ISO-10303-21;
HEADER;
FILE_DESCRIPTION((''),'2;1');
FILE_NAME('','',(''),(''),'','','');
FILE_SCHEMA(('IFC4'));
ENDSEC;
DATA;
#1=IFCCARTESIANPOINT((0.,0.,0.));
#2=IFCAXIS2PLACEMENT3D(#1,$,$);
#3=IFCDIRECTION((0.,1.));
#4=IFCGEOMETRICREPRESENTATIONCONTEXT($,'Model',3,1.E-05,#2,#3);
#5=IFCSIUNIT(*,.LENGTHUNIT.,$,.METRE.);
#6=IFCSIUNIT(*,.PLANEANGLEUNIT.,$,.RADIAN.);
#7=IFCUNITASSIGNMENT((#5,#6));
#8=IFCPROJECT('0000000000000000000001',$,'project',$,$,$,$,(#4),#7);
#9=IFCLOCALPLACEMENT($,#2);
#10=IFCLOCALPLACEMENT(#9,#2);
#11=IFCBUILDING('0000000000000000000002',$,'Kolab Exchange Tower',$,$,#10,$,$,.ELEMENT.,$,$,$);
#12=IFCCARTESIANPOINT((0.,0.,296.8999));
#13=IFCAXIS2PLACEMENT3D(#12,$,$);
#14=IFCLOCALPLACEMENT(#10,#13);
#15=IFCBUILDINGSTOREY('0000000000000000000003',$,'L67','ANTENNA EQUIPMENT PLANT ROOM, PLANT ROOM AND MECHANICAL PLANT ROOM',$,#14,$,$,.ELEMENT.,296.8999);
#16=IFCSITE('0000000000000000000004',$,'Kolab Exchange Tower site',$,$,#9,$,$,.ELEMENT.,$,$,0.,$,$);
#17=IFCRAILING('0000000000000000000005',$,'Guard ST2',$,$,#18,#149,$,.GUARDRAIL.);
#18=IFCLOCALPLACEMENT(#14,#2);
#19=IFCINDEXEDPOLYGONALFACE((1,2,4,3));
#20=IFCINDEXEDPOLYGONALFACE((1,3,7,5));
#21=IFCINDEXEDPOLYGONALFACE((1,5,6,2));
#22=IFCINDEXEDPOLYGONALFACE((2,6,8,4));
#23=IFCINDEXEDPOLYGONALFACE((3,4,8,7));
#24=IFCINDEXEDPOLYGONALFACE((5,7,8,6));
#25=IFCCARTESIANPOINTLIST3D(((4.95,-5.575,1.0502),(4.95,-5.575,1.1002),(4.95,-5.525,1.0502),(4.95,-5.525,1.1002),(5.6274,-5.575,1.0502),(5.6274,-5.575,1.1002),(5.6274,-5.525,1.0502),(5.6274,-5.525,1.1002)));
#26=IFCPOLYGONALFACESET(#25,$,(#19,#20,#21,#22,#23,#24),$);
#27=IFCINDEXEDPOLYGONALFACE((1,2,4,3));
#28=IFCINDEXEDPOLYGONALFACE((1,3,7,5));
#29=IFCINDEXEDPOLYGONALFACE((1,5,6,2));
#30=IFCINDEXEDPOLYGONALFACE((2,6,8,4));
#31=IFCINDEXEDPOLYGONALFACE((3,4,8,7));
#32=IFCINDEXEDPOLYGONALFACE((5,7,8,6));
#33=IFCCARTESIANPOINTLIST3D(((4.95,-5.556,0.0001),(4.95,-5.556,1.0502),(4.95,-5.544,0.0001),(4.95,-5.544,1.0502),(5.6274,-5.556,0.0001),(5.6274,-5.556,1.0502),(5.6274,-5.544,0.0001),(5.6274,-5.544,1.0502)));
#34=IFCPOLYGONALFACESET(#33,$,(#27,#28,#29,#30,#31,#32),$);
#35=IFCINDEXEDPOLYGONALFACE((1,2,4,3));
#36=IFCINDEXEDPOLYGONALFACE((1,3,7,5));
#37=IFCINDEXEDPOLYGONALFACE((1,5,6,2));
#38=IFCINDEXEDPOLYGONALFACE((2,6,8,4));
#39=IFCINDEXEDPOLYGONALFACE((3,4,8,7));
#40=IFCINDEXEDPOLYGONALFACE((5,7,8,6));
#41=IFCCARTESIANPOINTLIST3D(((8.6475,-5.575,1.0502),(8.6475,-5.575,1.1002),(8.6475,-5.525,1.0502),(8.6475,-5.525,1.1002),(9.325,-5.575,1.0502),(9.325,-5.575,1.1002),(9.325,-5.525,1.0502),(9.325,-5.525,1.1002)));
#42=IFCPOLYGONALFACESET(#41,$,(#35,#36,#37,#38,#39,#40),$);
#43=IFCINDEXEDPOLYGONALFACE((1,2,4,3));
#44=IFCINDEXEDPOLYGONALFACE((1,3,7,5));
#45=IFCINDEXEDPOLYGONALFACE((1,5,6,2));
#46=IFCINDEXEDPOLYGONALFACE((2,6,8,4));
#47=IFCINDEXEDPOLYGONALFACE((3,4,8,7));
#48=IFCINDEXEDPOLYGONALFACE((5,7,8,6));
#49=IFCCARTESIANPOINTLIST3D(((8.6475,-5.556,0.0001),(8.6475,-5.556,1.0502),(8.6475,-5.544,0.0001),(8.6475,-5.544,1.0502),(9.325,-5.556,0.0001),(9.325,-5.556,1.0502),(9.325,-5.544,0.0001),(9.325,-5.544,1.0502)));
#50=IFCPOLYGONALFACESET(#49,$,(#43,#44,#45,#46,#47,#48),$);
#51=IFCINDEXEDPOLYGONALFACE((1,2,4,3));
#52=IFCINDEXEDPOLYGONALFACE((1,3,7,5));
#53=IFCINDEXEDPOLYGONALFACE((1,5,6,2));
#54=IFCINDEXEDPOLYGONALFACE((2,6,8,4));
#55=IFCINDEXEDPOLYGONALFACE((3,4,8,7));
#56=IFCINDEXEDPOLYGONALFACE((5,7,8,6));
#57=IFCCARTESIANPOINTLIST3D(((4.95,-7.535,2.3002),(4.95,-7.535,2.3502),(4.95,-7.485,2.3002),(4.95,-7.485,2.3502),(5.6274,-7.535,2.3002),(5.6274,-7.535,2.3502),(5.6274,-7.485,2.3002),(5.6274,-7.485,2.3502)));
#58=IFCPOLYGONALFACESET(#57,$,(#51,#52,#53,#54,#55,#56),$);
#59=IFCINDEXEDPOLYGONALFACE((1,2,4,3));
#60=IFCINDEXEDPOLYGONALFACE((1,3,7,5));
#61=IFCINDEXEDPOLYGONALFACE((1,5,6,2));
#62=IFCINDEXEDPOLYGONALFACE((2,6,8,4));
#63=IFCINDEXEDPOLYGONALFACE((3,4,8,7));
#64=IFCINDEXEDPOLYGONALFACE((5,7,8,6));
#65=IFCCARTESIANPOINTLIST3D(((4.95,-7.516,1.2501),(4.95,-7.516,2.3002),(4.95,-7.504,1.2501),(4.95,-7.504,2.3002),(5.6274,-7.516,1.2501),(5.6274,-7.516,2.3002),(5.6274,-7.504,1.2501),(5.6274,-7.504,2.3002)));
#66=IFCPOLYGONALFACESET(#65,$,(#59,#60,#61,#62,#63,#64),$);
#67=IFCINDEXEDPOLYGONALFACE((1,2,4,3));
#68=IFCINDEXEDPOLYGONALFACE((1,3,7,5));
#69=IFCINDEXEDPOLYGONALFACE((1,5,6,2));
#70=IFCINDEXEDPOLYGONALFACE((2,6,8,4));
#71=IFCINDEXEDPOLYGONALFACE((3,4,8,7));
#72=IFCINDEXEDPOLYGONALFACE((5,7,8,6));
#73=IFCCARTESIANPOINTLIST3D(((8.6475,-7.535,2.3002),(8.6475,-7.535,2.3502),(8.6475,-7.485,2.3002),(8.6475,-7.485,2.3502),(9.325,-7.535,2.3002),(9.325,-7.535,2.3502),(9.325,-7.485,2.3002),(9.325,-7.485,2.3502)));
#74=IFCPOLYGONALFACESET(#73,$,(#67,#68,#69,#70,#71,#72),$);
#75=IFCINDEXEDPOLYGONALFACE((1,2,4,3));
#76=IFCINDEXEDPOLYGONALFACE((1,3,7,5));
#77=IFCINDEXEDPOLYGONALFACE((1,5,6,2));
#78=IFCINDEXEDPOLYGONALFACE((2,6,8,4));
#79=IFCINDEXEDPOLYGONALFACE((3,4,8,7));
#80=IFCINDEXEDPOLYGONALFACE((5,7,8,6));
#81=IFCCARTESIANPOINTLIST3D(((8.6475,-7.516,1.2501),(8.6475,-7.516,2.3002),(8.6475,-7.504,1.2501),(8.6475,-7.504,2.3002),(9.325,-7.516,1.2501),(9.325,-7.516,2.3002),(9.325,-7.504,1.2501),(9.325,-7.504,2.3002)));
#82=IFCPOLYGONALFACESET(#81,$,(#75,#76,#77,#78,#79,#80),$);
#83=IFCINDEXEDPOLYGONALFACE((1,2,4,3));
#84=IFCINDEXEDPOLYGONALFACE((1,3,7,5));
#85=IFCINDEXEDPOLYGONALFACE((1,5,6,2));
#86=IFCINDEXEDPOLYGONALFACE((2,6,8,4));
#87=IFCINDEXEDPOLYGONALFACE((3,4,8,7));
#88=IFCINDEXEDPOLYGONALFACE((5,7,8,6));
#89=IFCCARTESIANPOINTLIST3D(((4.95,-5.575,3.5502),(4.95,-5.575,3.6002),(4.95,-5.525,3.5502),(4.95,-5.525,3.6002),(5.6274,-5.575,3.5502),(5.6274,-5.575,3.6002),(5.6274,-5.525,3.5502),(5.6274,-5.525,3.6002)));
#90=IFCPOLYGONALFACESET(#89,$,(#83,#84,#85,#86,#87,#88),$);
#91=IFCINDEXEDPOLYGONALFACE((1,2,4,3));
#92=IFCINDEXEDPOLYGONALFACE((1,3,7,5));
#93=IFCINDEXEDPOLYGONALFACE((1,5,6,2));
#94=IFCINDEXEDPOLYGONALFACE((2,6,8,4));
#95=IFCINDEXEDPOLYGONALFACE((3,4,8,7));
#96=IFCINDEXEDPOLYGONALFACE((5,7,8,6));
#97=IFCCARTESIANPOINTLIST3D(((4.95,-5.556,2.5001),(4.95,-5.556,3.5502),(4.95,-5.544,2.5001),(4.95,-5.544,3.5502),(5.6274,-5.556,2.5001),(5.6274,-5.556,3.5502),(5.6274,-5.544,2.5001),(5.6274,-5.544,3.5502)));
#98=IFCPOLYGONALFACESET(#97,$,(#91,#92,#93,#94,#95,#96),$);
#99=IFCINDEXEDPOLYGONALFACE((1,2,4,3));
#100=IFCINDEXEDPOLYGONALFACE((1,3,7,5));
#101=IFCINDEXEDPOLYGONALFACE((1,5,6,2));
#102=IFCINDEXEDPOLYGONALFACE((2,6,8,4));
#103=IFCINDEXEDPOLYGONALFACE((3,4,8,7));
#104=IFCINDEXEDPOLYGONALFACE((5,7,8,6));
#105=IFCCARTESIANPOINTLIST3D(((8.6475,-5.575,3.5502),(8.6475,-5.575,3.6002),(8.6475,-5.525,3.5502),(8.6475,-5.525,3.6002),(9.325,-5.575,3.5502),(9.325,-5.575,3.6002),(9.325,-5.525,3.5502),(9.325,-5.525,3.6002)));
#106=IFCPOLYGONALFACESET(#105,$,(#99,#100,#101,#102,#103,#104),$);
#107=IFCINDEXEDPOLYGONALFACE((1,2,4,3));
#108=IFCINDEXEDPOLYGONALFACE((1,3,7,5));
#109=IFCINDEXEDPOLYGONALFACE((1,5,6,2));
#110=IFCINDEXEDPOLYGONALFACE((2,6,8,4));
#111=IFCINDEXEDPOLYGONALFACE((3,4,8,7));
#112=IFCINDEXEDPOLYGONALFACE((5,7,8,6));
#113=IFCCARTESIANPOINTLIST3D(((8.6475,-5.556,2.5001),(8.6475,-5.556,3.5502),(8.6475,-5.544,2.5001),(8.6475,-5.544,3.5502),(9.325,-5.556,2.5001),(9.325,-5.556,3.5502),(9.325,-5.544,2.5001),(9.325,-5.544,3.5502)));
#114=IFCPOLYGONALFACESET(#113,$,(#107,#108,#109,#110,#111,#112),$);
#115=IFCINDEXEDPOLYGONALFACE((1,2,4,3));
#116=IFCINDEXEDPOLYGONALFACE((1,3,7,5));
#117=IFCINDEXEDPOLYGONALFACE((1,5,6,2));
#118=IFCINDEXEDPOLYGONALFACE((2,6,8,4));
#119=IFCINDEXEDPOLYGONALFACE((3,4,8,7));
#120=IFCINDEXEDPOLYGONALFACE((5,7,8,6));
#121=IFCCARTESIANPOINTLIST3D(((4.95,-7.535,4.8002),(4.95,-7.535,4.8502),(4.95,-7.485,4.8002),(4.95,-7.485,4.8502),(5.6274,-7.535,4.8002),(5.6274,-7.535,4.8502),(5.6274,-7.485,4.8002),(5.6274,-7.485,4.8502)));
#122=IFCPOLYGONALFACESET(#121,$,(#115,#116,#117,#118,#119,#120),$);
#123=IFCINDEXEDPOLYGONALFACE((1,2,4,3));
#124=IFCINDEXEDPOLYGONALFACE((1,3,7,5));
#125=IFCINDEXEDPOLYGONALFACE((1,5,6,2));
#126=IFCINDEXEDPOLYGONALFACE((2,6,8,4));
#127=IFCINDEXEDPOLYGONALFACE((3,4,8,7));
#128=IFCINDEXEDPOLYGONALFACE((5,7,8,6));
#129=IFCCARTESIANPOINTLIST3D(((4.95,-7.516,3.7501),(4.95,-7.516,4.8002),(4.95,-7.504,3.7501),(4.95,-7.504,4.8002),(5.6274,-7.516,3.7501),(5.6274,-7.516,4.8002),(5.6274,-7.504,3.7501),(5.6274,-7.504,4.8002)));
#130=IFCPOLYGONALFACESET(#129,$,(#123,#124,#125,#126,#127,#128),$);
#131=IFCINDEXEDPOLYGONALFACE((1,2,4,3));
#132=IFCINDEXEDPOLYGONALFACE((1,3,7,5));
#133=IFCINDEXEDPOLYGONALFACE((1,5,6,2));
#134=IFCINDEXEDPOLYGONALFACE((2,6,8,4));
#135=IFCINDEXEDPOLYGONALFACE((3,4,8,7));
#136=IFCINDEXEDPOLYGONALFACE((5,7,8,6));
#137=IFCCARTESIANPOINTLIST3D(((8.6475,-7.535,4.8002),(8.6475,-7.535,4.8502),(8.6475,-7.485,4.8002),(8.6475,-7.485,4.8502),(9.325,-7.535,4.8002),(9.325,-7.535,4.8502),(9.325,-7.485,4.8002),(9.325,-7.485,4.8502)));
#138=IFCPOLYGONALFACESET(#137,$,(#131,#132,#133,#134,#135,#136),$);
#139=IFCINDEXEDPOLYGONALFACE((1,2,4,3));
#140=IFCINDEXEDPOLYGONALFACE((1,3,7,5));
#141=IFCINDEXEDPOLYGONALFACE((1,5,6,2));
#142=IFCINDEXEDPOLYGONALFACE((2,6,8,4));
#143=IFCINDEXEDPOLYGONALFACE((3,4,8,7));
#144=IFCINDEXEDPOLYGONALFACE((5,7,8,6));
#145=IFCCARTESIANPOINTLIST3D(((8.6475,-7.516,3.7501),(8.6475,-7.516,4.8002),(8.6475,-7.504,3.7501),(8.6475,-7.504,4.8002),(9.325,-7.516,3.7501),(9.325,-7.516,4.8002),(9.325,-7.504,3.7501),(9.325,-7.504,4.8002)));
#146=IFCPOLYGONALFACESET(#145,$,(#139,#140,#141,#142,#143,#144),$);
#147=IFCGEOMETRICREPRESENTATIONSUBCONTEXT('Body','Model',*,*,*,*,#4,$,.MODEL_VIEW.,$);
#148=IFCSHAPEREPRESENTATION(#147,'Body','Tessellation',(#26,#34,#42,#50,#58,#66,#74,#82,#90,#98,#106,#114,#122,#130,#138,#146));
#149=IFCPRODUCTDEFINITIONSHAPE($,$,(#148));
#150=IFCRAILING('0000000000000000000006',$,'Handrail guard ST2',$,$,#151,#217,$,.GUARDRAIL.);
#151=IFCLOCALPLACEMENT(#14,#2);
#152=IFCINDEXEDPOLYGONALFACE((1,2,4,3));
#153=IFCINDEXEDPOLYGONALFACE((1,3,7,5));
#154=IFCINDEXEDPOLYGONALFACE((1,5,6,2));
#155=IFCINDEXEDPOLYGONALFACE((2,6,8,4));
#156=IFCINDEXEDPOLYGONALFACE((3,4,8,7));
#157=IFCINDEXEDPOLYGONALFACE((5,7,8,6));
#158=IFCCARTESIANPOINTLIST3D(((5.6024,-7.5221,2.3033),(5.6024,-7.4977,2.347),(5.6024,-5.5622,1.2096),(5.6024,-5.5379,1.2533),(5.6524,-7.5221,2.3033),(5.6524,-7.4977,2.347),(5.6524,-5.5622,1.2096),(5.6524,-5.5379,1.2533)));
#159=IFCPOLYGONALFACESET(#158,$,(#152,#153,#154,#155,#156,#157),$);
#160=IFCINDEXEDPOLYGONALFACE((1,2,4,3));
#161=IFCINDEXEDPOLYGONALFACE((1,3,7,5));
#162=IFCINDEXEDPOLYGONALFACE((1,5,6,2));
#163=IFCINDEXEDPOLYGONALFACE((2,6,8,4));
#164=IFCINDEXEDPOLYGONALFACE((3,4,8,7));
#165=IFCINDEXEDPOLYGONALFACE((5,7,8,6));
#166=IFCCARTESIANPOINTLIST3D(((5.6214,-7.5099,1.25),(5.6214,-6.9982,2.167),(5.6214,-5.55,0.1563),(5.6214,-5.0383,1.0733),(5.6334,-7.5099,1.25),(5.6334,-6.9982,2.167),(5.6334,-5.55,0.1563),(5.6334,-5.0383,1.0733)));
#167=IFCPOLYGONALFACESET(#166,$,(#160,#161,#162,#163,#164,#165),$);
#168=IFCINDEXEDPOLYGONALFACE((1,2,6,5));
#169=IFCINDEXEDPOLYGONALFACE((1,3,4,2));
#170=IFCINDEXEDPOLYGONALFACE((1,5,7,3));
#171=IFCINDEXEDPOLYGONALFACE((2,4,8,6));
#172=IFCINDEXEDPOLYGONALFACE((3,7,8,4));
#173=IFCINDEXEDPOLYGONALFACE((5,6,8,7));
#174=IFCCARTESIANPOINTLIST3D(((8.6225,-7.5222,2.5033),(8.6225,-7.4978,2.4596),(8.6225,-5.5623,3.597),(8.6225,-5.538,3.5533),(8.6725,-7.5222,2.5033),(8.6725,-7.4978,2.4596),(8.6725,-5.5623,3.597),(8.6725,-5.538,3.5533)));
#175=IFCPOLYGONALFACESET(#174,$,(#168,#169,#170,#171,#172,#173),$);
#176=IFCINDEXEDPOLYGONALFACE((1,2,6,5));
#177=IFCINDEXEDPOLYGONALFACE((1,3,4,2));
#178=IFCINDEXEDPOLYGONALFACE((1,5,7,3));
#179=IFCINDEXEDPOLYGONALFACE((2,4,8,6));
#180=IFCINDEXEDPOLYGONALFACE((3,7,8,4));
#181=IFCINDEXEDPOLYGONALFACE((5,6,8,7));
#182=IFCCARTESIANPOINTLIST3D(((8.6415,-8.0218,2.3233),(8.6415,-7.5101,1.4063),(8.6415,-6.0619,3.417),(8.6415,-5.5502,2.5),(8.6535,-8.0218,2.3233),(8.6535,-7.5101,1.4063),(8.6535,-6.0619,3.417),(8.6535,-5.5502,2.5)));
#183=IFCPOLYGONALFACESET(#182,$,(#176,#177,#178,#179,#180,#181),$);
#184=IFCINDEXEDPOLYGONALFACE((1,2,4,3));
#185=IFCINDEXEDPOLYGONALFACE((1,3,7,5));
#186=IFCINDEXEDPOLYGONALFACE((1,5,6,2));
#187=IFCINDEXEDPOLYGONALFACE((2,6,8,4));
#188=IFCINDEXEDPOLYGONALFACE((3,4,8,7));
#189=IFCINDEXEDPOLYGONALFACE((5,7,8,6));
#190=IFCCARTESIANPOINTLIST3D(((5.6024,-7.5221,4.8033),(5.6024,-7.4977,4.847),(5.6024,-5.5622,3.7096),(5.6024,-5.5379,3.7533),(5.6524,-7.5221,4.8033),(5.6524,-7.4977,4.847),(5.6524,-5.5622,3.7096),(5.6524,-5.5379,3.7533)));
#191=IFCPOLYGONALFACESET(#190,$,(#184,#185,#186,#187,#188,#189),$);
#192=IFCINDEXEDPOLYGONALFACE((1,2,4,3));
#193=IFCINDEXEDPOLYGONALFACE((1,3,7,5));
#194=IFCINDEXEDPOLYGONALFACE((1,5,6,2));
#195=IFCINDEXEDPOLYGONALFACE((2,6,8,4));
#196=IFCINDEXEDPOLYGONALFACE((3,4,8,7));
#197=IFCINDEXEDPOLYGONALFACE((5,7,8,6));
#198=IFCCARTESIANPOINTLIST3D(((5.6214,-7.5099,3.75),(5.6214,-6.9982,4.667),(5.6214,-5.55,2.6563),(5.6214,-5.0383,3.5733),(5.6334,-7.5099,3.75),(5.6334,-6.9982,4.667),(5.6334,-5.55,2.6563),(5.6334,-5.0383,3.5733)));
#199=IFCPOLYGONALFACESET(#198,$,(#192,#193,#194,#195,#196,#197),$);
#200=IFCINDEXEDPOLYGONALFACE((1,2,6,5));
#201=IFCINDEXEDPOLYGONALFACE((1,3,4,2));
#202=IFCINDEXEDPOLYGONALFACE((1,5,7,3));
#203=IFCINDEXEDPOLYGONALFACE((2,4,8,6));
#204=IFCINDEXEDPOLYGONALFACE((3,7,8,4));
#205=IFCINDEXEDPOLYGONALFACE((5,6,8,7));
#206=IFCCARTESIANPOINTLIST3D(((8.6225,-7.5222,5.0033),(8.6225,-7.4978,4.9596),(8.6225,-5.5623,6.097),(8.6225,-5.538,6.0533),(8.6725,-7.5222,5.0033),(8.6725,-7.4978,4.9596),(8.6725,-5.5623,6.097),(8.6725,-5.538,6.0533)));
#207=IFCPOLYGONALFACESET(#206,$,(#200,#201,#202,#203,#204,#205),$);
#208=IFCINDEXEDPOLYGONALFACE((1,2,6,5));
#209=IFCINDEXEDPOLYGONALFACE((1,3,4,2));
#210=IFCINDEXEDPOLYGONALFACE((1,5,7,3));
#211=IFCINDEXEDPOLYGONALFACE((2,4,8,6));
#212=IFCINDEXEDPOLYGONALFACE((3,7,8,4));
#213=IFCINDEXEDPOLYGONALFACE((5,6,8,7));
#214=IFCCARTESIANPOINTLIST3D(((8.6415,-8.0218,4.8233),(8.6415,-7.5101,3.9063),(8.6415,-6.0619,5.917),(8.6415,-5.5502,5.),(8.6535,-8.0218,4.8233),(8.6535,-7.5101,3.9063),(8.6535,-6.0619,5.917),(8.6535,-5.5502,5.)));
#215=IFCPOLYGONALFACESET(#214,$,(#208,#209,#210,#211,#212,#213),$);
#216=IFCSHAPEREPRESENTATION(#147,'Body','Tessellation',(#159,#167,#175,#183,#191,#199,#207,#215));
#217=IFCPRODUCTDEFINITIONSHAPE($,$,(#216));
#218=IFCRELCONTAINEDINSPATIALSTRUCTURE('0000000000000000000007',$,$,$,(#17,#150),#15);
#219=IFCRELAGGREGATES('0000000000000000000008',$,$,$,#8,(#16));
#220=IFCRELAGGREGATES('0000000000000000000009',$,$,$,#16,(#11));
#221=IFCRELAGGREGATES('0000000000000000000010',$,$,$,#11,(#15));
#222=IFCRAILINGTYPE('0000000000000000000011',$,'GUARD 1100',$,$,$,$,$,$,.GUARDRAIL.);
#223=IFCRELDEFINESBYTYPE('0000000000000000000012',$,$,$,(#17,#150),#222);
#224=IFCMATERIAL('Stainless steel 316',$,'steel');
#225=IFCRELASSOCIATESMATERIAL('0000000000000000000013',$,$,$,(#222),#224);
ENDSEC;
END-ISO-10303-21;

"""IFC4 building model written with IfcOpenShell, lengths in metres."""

from ifc_helpers import new_model, si_unit, direction, frame, frame_2d, origin, origin_2d, place, context, subcontext, project, spatial, rectangle, extrude, material, type_object, element, save


model = new_model("IFC4")

# Units and contexts
model_context = context("Model", 3, precision=1e-05, world=origin(), true_north=direction((0.0, 1.0)))
body_context = subcontext(model_context, "Body", "Model", "MODEL_VIEW")
ifc_project = project(units=[si_unit("LENGTHUNIT", "METRE"), si_unit("PLANEANGLEUNIT", "RADIAN")], contexts=[model_context])

# Site, building, storey
site_placement = place(None, origin())
site = spatial("IfcSite", under=ifc_project, at=site_placement, Name="Kolab Exchange Tower site", CompositionType="ELEMENT", RefElevation=0.0)
building_placement = place(site_placement, origin())
building = spatial("IfcBuilding", under=site, at=building_placement, Name="Kolab Exchange Tower", CompositionType="ELEMENT")
storey_placement = place(building_placement, frame((0.0, 0.0, 296.8999)))
storey = spatial("IfcBuildingStorey", under=building, at=storey_placement, Name="L67", Description="ANTENNA EQUIPMENT PLANT ROOM, PLANT ROOM AND MECHANICAL PLANT ROOM", CompositionType="ELEMENT", Elevation=296.8999)

# Shared definitions
ifc_material_1 = material(Name="Stainless steel 316", Category="steel")

# Railings
railing_type = type_object("IfcRailingType", Name="GUARD 1100", PredefinedType="GUARDRAIL", material=ifc_material_1)
railing_1_placement = place(storey_placement, frame((4.95, -5.55, 0.0)))
element("IfcRailing", 1, at=railing_1_placement, inside=storey, type_object=railing_type, Name="Guard ST2", PredefinedType="GUARDRAIL", context=body_context, shape_type="SweptSolid", body=[
    extrude(rectangle(XDim=0.05, YDim=0.05, at=origin_2d()), frame((0.0, 0.0, 1.0752), z_axis=(1.0, 0.0, 0.0), x_axis=(0.0, 1.0, 0.0)), (0.0, 0.0, 1.0), 0.6775),
    extrude(rectangle(XDim=0.012, YDim=1.0501, at=frame_2d((0.0, 0.5251))), frame((0.0, 0.0, 0.0), z_axis=(1.0, 0.0, 0.0), x_axis=(0.0, 1.0, 0.0)), (0.0, 0.0, 1.0), 0.6775),
    extrude(rectangle(XDim=0.05, YDim=0.05, at=origin_2d()), frame((3.6975, 0.0, 1.0752), z_axis=(1.0, 0.0, 0.0), x_axis=(0.0, 1.0, 0.0)), (0.0, 0.0, 1.0), 0.6775),
    extrude(rectangle(XDim=0.012, YDim=1.0501, at=frame_2d((0.0, 0.5251))), frame((3.6975, 0.0, 0.0), z_axis=(1.0, 0.0, 0.0), x_axis=(0.0, 1.0, 0.0)), (0.0, 0.0, 1.0), 0.6775),
    extrude(rectangle(XDim=0.05, YDim=0.05, at=origin_2d()), frame((0.0, -1.96, 2.3252), z_axis=(1.0, 0.0, 0.0), x_axis=(0.0, 1.0, 0.0)), (0.0, 0.0, 1.0), 0.6775),
    extrude(rectangle(XDim=0.012, YDim=1.0501, at=frame_2d((0.0, 0.5251))), frame((0.0, -1.96, 1.25), z_axis=(1.0, 0.0, 0.0), x_axis=(0.0, 1.0, 0.0)), (0.0, 0.0, 1.0), 0.6775),
    extrude(rectangle(XDim=0.05, YDim=0.05, at=origin_2d()), frame((3.6975, -1.96, 2.3252), z_axis=(1.0, 0.0, 0.0), x_axis=(0.0, 1.0, 0.0)), (0.0, 0.0, 1.0), 0.6775),
    extrude(rectangle(XDim=0.012, YDim=1.0501, at=frame_2d((0.0, 0.5251))), frame((3.6975, -1.96, 1.25), z_axis=(1.0, 0.0, 0.0), x_axis=(0.0, 1.0, 0.0)), (0.0, 0.0, 1.0), 0.6775),
    extrude(rectangle(XDim=0.05, YDim=0.05, at=origin_2d()), frame((0.0, 0.0, 3.5752), z_axis=(1.0, 0.0, 0.0), x_axis=(0.0, 1.0, 0.0)), (0.0, 0.0, 1.0), 0.6775),
    extrude(rectangle(XDim=0.012, YDim=1.0501, at=frame_2d((0.0, 0.5251))), frame((0.0, 0.0, 2.5), z_axis=(1.0, 0.0, 0.0), x_axis=(0.0, 1.0, 0.0)), (0.0, 0.0, 1.0), 0.6775),
    extrude(rectangle(XDim=0.05, YDim=0.05, at=origin_2d()), frame((3.6975, 0.0, 3.5752), z_axis=(1.0, 0.0, 0.0), x_axis=(0.0, 1.0, 0.0)), (0.0, 0.0, 1.0), 0.6775),
    extrude(rectangle(XDim=0.012, YDim=1.0501, at=frame_2d((0.0, 0.5251))), frame((3.6975, 0.0, 2.5), z_axis=(1.0, 0.0, 0.0), x_axis=(0.0, 1.0, 0.0)), (0.0, 0.0, 1.0), 0.6775),
    extrude(rectangle(XDim=0.05, YDim=0.05, at=origin_2d()), frame((0.0, -1.96, 4.8252), z_axis=(1.0, 0.0, 0.0), x_axis=(0.0, 1.0, 0.0)), (0.0, 0.0, 1.0), 0.6775),
    extrude(rectangle(XDim=0.012, YDim=1.0501, at=frame_2d((0.0, 0.5251))), frame((0.0, -1.96, 3.75), z_axis=(1.0, 0.0, 0.0), x_axis=(0.0, 1.0, 0.0)), (0.0, 0.0, 1.0), 0.6775),
    extrude(rectangle(XDim=0.05, YDim=0.05, at=origin_2d()), frame((3.6975, -1.96, 4.8252), z_axis=(1.0, 0.0, 0.0), x_axis=(0.0, 1.0, 0.0)), (0.0, 0.0, 1.0), 0.6775),
    extrude(rectangle(XDim=0.012, YDim=1.0501, at=frame_2d((0.0, 0.5251))), frame((3.6975, -1.96, 3.75), z_axis=(1.0, 0.0, 0.0), x_axis=(0.0, 1.0, 0.0)), (0.0, 0.0, 1.0), 0.6775),
])
railing_2_placement = place(storey_placement, frame((5.6274, -5.55, 0.1562)))
element("IfcRailing", 2, at=railing_2_placement, inside=storey, type_object=railing_type, Name="Handrail guard ST2", PredefinedType="GUARDRAIL", context=body_context, shape_type="SweptSolid", body=[
    extrude(rectangle(XDim=0.05, YDim=0.05, at=origin_2d()), frame((0.0, 0.0, 1.0752), z_axis=(0.0, -0.873232, 0.487304), x_axis=(1.0, 0.0, 0.0)), (0.0, 0.0, 1.0), 2.2444),
    extrude(rectangle(XDim=0.012, YDim=1.0501, at=frame_2d((0.0, 0.5251))), frame((0.0, 0.0, 0.0), z_axis=(0.0, -0.873232, 0.487304), x_axis=(1.0, 0.0, 0.0)), (0.0, 0.0, 1.0), 2.2444),
    extrude(rectangle(XDim=0.05, YDim=0.05, at=origin_2d()), frame((3.02, -1.96, 2.3252), z_axis=(0.0, 0.873232, 0.487304), x_axis=(-1.0, 0.0, 0.0)), (0.0, 0.0, 1.0), 2.2444),
    extrude(rectangle(XDim=0.012, YDim=1.0501, at=frame_2d((0.0, 0.5251))), frame((3.02, -1.96, 1.25), z_axis=(0.0, 0.873232, 0.487304), x_axis=(-1.0, 0.0, 0.0)), (0.0, 0.0, 1.0), 2.2444),
    extrude(rectangle(XDim=0.05, YDim=0.05, at=origin_2d()), frame((0.0, 0.0, 3.5752), z_axis=(0.0, -0.873232, 0.487304), x_axis=(1.0, 0.0, 0.0)), (0.0, 0.0, 1.0), 2.2444),
    extrude(rectangle(XDim=0.012, YDim=1.0501, at=frame_2d((0.0, 0.5251))), frame((0.0, 0.0, 2.5), z_axis=(0.0, -0.873232, 0.487304), x_axis=(1.0, 0.0, 0.0)), (0.0, 0.0, 1.0), 2.2444),
    extrude(rectangle(XDim=0.05, YDim=0.05, at=origin_2d()), frame((3.02, -1.96, 4.8252), z_axis=(0.0, 0.873232, 0.487304), x_axis=(-1.0, 0.0, 0.0)), (0.0, 0.0, 1.0), 2.2444),
    extrude(rectangle(XDim=0.012, YDim=1.0501, at=frame_2d((0.0, 0.5251))), frame((3.02, -1.96, 3.75), z_axis=(0.0, 0.873232, 0.487304), x_axis=(-1.0, 0.0, 0.0)), (0.0, 0.0, 1.0), 2.2444),
])

save(model, "model.ifc")
